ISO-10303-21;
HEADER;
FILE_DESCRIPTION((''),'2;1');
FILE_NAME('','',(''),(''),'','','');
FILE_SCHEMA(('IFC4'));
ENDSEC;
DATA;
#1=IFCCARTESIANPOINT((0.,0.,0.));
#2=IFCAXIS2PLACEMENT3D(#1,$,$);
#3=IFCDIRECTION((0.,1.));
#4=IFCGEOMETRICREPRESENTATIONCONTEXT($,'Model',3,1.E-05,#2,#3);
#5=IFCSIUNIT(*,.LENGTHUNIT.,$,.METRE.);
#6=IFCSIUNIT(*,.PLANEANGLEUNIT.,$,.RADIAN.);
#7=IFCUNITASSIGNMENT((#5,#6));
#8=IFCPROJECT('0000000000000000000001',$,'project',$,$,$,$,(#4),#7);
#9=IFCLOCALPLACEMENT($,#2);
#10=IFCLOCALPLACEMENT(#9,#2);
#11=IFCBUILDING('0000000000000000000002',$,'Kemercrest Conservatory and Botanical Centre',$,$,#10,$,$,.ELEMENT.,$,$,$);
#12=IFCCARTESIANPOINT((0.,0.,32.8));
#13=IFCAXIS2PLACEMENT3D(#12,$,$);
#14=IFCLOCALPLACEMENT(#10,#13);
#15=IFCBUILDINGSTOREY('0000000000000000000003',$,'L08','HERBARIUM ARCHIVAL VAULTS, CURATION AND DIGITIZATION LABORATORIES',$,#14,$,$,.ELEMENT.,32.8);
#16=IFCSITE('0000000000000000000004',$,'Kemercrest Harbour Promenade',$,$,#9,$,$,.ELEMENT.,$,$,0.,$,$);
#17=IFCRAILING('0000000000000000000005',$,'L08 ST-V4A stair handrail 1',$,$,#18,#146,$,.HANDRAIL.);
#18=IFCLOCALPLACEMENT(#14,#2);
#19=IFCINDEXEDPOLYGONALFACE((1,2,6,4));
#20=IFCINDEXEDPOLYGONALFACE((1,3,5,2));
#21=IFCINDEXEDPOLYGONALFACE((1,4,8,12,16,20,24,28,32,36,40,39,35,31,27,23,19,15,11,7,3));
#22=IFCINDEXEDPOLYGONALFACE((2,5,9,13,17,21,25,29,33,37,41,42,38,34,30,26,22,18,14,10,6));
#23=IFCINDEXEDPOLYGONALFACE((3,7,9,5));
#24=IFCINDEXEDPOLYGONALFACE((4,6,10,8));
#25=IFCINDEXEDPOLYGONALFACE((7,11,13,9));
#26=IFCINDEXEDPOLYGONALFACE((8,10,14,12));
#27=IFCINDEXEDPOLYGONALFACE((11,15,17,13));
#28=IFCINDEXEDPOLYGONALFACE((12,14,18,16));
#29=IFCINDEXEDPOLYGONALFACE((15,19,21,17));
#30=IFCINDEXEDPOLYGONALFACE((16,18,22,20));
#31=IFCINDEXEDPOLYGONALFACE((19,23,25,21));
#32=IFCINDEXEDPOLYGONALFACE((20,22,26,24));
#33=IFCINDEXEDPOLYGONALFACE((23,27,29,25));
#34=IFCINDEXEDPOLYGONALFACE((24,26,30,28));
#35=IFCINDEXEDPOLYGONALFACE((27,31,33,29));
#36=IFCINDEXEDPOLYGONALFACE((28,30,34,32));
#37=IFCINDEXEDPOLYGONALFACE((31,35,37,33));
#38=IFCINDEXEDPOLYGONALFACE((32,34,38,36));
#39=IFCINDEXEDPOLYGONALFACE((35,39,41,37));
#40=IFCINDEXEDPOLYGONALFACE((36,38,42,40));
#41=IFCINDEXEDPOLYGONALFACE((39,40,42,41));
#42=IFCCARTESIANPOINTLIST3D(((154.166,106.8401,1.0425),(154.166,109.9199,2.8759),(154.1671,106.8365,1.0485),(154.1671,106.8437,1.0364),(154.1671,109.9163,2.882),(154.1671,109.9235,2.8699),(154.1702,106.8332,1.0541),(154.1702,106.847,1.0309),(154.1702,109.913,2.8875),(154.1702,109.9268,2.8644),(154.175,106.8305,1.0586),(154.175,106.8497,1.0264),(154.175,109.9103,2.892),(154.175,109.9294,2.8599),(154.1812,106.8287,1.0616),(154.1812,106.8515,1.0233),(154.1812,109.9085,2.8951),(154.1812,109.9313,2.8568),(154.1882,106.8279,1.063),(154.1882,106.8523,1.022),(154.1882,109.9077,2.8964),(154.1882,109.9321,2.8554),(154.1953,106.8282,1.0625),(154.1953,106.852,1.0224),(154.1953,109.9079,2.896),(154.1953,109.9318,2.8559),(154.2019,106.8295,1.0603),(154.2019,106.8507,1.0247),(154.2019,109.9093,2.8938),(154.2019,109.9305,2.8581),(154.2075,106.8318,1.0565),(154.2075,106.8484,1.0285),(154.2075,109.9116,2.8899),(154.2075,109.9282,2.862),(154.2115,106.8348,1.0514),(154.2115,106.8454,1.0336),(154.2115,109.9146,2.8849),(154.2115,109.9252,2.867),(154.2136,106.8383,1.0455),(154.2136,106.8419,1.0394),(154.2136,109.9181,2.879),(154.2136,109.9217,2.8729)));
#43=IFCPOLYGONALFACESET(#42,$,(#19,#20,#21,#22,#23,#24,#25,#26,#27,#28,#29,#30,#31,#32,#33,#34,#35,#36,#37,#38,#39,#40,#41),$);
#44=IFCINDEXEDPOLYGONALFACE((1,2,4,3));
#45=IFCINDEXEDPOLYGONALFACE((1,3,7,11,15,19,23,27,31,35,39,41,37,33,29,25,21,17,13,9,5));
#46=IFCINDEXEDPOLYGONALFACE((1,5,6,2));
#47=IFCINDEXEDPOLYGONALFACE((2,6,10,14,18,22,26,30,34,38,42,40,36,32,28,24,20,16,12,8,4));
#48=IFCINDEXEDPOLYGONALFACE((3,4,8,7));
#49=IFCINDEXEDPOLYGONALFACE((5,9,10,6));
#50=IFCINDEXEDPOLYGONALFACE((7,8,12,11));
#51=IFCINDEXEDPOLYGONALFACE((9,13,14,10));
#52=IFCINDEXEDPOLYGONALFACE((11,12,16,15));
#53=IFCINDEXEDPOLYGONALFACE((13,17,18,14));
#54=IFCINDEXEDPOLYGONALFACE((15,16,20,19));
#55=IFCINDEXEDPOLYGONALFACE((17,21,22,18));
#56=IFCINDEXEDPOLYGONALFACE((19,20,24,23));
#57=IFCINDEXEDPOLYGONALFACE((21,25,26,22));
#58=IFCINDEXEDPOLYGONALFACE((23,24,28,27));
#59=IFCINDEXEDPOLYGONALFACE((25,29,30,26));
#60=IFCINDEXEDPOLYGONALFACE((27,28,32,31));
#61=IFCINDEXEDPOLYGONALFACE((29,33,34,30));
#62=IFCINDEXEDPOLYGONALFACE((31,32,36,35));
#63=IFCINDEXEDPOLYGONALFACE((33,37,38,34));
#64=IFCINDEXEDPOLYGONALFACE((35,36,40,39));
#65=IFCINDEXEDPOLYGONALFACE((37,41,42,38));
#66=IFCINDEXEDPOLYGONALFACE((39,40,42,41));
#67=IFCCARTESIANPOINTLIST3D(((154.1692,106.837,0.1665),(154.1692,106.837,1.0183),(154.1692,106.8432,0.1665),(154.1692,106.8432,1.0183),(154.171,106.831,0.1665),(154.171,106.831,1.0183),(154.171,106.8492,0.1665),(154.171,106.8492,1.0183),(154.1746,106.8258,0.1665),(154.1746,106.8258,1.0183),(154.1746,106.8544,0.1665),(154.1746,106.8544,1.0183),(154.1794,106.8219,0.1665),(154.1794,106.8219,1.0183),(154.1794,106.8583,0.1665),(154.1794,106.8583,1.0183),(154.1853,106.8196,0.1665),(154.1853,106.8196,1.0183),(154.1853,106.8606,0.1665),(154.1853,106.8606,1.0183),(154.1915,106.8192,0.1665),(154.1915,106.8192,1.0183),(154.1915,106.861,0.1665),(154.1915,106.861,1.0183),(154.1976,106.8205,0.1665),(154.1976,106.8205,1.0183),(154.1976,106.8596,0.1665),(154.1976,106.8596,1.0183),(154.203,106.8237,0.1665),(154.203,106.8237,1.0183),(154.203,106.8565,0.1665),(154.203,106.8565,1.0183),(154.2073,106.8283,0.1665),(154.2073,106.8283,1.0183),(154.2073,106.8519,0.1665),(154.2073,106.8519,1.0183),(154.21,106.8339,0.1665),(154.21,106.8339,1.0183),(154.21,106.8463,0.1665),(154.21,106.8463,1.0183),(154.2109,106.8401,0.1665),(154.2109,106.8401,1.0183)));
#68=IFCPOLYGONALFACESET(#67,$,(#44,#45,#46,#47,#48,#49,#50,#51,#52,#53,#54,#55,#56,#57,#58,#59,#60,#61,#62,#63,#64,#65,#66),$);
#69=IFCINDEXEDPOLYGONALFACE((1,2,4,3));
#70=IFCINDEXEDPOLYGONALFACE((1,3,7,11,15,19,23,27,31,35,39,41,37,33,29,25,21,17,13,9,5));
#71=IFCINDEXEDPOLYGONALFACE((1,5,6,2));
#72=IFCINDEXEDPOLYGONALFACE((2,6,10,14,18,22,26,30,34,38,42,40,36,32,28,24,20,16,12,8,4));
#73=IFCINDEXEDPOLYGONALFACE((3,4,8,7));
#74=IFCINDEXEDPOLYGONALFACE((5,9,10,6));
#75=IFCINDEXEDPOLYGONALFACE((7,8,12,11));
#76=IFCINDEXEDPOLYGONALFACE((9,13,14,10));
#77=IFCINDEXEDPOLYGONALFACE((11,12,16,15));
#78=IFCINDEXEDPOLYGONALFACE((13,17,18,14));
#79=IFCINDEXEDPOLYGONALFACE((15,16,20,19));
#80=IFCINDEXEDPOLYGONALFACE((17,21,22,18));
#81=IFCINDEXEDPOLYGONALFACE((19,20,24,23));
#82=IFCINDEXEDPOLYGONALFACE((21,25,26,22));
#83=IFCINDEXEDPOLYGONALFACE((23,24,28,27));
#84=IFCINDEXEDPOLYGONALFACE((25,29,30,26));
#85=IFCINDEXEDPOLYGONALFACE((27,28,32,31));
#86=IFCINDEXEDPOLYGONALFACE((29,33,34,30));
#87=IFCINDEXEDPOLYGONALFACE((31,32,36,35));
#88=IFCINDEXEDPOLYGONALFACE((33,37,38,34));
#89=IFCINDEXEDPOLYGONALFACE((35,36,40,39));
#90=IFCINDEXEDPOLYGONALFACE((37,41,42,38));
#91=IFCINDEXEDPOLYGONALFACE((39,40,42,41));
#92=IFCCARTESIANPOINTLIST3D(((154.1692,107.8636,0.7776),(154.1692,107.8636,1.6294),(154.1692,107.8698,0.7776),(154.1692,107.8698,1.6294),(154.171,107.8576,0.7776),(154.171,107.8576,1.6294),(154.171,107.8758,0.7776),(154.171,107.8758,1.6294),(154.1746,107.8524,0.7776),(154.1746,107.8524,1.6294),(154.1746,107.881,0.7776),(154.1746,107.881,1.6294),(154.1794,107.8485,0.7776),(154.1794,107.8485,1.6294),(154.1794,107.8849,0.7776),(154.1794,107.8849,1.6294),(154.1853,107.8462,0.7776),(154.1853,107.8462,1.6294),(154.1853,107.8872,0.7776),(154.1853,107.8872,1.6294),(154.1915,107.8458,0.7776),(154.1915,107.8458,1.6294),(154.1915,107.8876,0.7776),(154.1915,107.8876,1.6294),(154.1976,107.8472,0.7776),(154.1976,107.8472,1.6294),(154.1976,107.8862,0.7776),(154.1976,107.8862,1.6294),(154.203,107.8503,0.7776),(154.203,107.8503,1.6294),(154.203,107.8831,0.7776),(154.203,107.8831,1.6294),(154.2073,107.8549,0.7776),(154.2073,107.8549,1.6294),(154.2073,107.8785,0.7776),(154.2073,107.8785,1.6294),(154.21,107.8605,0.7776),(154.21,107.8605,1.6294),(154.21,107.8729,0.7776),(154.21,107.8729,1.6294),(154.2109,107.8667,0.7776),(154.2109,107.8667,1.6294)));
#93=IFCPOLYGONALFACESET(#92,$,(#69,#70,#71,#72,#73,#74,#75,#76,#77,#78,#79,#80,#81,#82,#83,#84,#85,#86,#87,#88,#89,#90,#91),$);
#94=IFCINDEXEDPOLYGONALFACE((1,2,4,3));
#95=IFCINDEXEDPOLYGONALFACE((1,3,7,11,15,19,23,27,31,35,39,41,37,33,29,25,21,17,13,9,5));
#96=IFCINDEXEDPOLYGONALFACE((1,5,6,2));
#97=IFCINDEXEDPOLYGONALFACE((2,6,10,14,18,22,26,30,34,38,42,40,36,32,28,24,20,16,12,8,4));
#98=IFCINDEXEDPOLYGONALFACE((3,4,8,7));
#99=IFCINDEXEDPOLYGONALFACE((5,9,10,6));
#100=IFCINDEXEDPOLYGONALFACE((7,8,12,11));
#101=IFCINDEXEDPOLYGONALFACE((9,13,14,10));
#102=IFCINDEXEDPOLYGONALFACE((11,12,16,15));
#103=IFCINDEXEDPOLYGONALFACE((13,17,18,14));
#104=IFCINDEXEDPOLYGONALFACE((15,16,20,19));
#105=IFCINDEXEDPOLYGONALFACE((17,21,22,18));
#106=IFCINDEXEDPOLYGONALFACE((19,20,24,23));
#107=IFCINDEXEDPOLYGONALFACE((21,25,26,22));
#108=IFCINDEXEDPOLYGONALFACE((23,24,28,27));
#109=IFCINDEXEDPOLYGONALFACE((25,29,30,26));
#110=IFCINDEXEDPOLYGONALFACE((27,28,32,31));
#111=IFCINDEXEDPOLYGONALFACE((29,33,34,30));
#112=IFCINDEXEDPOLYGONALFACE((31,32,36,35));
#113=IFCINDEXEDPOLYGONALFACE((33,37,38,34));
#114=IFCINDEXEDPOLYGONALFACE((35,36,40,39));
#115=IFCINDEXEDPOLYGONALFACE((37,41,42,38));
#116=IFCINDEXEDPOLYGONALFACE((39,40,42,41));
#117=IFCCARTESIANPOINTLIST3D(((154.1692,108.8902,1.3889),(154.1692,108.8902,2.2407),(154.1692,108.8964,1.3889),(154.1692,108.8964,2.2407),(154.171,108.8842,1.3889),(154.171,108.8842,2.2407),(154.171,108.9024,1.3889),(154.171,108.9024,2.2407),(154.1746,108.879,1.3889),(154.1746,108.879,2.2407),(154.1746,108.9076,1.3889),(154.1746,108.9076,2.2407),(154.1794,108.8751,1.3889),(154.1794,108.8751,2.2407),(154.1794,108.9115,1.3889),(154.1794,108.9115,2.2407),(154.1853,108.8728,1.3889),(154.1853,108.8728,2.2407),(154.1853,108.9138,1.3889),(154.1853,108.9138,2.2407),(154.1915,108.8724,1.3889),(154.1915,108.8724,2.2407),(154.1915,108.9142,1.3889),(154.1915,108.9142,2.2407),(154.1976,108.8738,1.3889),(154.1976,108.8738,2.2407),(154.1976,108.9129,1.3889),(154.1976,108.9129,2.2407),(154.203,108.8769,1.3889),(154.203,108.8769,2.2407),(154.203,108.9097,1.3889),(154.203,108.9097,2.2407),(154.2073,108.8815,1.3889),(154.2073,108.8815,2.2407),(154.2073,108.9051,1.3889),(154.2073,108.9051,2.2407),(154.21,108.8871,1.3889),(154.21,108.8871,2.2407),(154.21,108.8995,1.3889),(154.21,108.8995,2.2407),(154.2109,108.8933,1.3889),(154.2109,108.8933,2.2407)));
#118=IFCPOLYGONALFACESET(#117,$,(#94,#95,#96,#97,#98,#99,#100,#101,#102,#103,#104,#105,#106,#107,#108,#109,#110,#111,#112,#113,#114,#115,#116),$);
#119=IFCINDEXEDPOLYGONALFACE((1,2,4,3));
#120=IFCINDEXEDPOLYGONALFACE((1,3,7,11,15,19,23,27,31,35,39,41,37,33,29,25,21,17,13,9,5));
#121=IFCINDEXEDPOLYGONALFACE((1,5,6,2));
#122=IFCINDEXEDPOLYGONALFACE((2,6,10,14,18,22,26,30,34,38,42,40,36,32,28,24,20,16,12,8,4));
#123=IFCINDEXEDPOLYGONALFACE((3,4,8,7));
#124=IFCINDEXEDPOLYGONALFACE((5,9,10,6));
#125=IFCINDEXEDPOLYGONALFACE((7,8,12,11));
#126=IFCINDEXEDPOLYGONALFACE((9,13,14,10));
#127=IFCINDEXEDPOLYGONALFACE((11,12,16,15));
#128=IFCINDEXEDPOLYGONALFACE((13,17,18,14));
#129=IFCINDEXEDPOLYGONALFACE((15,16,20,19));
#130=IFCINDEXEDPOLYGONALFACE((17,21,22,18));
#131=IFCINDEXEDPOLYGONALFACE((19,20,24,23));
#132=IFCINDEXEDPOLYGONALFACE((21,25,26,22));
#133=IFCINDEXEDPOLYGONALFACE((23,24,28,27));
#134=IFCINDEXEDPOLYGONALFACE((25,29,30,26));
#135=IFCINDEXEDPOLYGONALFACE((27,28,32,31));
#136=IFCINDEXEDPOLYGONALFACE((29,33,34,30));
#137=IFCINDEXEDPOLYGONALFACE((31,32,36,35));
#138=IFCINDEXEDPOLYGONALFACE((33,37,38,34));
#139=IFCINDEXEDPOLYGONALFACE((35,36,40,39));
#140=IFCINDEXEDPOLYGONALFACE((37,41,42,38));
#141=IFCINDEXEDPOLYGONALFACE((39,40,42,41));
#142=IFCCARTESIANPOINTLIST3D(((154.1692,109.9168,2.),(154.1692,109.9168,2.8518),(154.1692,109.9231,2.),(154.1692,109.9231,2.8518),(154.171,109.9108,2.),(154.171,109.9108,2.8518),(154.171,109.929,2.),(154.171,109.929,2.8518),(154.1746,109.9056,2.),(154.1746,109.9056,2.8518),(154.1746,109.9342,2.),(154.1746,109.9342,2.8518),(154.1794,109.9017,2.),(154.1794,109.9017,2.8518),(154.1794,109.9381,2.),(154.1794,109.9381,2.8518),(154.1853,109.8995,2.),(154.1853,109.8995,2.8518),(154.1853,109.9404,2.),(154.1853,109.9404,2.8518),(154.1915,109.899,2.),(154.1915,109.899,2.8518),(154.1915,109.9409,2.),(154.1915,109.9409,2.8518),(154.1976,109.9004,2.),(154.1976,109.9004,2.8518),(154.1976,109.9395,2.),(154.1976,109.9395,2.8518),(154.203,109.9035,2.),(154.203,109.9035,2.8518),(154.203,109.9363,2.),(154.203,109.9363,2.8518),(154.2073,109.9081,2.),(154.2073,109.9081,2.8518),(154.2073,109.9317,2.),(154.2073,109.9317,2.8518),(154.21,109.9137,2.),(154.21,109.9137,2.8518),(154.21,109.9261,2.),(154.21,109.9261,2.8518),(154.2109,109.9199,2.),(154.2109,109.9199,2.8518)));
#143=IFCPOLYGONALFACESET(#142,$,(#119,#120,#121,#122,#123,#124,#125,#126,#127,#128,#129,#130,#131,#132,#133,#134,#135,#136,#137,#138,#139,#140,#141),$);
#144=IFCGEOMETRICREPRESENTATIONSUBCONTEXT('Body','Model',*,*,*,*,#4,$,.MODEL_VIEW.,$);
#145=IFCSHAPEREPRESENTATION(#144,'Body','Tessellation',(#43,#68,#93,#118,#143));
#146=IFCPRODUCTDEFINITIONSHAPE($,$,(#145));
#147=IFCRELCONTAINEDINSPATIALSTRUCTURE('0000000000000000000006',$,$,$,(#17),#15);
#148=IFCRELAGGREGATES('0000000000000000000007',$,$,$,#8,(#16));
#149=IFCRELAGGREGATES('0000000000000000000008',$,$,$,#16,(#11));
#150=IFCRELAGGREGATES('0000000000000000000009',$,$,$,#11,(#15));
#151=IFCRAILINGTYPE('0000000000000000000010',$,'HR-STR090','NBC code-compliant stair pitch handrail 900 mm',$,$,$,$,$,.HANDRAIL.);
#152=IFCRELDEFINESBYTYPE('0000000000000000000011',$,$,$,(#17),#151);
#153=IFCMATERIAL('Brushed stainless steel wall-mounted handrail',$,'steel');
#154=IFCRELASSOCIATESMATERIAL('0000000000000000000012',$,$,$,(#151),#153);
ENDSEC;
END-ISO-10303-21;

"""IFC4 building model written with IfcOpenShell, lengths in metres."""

from ifc_helpers import new_model, si_unit, direction, frame, origin, origin_2d, place, context, subcontext, project, spatial, circle, extrude, material, type_object, element, save


model = new_model("IFC4")

# Units and contexts
model_context = context("Model", 3, precision=1e-05, world=origin(), true_north=direction((0.0, 1.0)))
body_context = subcontext(model_context, "Body", "Model", "MODEL_VIEW")
ifc_project = project(units=[si_unit("LENGTHUNIT", "METRE"), si_unit("PLANEANGLEUNIT", "RADIAN")], contexts=[model_context])

# Site, building, storey
site_placement = place(None, origin())
site = spatial("IfcSite", under=ifc_project, at=site_placement, Name="Kemercrest Harbour Promenade", CompositionType="ELEMENT", RefElevation=0.0)
building_placement = place(site_placement, origin())
building = spatial("IfcBuilding", under=site, at=building_placement, Name="Kemercrest Conservatory and Botanical Centre", CompositionType="ELEMENT")
storey_placement = place(building_placement, frame((0.0, 0.0, 32.8)))
storey = spatial("IfcBuildingStorey", under=building, at=storey_placement, Name="L08", Description="HERBARIUM ARCHIVAL VAULTS, CURATION AND DIGITIZATION LABORATORIES", CompositionType="ELEMENT", Elevation=32.8)

# Railing
ifc_material_1 = material(Name="Brushed stainless steel wall-mounted handrail", Category="steel")
railing_type_1 = type_object("IfcRailingType", Name="HR-STR090", Description="NBC code-compliant stair pitch handrail 900 mm", PredefinedType="HANDRAIL", material=ifc_material_1)
railing_1_placement = place(storey_placement, frame((154.1899, 106.8401, 0.1665)))
element("IfcRailing", 1, at=railing_1_placement, inside=storey, type_object=railing_type_1, Name="L08 ST-V4A stair handrail 1", PredefinedType="HANDRAIL", context=body_context, shape_type="SweptSolid", body=[
    extrude(circle(Radius=0.0239, at=origin_2d()), frame((0.0, 0.0, 0.876), z_axis=(0.0, 0.859261, 0.511538), x_axis=(-1.0, 0.0, 0.0)), (0.0, 0.0, 1.0), 3.5842),
    extrude(circle(Radius=0.021, at=origin_2d()), origin(), (0.0, 0.0, 1.0), 0.8518),
    extrude(circle(Radius=0.021, at=origin_2d()), frame((0.0, 1.0266, 0.6111)), (0.0, 0.0, 1.0), 0.8518),
    extrude(circle(Radius=0.021, at=origin_2d()), frame((0.0, 2.0532, 1.2224)), (0.0, 0.0, 1.0), 0.8518),
    extrude(circle(Radius=0.021, at=origin_2d()), frame((0.0, 3.0798, 1.8335)), (0.0, 0.0, 1.0), 0.8518),
])

save(model, "model.ifc")
